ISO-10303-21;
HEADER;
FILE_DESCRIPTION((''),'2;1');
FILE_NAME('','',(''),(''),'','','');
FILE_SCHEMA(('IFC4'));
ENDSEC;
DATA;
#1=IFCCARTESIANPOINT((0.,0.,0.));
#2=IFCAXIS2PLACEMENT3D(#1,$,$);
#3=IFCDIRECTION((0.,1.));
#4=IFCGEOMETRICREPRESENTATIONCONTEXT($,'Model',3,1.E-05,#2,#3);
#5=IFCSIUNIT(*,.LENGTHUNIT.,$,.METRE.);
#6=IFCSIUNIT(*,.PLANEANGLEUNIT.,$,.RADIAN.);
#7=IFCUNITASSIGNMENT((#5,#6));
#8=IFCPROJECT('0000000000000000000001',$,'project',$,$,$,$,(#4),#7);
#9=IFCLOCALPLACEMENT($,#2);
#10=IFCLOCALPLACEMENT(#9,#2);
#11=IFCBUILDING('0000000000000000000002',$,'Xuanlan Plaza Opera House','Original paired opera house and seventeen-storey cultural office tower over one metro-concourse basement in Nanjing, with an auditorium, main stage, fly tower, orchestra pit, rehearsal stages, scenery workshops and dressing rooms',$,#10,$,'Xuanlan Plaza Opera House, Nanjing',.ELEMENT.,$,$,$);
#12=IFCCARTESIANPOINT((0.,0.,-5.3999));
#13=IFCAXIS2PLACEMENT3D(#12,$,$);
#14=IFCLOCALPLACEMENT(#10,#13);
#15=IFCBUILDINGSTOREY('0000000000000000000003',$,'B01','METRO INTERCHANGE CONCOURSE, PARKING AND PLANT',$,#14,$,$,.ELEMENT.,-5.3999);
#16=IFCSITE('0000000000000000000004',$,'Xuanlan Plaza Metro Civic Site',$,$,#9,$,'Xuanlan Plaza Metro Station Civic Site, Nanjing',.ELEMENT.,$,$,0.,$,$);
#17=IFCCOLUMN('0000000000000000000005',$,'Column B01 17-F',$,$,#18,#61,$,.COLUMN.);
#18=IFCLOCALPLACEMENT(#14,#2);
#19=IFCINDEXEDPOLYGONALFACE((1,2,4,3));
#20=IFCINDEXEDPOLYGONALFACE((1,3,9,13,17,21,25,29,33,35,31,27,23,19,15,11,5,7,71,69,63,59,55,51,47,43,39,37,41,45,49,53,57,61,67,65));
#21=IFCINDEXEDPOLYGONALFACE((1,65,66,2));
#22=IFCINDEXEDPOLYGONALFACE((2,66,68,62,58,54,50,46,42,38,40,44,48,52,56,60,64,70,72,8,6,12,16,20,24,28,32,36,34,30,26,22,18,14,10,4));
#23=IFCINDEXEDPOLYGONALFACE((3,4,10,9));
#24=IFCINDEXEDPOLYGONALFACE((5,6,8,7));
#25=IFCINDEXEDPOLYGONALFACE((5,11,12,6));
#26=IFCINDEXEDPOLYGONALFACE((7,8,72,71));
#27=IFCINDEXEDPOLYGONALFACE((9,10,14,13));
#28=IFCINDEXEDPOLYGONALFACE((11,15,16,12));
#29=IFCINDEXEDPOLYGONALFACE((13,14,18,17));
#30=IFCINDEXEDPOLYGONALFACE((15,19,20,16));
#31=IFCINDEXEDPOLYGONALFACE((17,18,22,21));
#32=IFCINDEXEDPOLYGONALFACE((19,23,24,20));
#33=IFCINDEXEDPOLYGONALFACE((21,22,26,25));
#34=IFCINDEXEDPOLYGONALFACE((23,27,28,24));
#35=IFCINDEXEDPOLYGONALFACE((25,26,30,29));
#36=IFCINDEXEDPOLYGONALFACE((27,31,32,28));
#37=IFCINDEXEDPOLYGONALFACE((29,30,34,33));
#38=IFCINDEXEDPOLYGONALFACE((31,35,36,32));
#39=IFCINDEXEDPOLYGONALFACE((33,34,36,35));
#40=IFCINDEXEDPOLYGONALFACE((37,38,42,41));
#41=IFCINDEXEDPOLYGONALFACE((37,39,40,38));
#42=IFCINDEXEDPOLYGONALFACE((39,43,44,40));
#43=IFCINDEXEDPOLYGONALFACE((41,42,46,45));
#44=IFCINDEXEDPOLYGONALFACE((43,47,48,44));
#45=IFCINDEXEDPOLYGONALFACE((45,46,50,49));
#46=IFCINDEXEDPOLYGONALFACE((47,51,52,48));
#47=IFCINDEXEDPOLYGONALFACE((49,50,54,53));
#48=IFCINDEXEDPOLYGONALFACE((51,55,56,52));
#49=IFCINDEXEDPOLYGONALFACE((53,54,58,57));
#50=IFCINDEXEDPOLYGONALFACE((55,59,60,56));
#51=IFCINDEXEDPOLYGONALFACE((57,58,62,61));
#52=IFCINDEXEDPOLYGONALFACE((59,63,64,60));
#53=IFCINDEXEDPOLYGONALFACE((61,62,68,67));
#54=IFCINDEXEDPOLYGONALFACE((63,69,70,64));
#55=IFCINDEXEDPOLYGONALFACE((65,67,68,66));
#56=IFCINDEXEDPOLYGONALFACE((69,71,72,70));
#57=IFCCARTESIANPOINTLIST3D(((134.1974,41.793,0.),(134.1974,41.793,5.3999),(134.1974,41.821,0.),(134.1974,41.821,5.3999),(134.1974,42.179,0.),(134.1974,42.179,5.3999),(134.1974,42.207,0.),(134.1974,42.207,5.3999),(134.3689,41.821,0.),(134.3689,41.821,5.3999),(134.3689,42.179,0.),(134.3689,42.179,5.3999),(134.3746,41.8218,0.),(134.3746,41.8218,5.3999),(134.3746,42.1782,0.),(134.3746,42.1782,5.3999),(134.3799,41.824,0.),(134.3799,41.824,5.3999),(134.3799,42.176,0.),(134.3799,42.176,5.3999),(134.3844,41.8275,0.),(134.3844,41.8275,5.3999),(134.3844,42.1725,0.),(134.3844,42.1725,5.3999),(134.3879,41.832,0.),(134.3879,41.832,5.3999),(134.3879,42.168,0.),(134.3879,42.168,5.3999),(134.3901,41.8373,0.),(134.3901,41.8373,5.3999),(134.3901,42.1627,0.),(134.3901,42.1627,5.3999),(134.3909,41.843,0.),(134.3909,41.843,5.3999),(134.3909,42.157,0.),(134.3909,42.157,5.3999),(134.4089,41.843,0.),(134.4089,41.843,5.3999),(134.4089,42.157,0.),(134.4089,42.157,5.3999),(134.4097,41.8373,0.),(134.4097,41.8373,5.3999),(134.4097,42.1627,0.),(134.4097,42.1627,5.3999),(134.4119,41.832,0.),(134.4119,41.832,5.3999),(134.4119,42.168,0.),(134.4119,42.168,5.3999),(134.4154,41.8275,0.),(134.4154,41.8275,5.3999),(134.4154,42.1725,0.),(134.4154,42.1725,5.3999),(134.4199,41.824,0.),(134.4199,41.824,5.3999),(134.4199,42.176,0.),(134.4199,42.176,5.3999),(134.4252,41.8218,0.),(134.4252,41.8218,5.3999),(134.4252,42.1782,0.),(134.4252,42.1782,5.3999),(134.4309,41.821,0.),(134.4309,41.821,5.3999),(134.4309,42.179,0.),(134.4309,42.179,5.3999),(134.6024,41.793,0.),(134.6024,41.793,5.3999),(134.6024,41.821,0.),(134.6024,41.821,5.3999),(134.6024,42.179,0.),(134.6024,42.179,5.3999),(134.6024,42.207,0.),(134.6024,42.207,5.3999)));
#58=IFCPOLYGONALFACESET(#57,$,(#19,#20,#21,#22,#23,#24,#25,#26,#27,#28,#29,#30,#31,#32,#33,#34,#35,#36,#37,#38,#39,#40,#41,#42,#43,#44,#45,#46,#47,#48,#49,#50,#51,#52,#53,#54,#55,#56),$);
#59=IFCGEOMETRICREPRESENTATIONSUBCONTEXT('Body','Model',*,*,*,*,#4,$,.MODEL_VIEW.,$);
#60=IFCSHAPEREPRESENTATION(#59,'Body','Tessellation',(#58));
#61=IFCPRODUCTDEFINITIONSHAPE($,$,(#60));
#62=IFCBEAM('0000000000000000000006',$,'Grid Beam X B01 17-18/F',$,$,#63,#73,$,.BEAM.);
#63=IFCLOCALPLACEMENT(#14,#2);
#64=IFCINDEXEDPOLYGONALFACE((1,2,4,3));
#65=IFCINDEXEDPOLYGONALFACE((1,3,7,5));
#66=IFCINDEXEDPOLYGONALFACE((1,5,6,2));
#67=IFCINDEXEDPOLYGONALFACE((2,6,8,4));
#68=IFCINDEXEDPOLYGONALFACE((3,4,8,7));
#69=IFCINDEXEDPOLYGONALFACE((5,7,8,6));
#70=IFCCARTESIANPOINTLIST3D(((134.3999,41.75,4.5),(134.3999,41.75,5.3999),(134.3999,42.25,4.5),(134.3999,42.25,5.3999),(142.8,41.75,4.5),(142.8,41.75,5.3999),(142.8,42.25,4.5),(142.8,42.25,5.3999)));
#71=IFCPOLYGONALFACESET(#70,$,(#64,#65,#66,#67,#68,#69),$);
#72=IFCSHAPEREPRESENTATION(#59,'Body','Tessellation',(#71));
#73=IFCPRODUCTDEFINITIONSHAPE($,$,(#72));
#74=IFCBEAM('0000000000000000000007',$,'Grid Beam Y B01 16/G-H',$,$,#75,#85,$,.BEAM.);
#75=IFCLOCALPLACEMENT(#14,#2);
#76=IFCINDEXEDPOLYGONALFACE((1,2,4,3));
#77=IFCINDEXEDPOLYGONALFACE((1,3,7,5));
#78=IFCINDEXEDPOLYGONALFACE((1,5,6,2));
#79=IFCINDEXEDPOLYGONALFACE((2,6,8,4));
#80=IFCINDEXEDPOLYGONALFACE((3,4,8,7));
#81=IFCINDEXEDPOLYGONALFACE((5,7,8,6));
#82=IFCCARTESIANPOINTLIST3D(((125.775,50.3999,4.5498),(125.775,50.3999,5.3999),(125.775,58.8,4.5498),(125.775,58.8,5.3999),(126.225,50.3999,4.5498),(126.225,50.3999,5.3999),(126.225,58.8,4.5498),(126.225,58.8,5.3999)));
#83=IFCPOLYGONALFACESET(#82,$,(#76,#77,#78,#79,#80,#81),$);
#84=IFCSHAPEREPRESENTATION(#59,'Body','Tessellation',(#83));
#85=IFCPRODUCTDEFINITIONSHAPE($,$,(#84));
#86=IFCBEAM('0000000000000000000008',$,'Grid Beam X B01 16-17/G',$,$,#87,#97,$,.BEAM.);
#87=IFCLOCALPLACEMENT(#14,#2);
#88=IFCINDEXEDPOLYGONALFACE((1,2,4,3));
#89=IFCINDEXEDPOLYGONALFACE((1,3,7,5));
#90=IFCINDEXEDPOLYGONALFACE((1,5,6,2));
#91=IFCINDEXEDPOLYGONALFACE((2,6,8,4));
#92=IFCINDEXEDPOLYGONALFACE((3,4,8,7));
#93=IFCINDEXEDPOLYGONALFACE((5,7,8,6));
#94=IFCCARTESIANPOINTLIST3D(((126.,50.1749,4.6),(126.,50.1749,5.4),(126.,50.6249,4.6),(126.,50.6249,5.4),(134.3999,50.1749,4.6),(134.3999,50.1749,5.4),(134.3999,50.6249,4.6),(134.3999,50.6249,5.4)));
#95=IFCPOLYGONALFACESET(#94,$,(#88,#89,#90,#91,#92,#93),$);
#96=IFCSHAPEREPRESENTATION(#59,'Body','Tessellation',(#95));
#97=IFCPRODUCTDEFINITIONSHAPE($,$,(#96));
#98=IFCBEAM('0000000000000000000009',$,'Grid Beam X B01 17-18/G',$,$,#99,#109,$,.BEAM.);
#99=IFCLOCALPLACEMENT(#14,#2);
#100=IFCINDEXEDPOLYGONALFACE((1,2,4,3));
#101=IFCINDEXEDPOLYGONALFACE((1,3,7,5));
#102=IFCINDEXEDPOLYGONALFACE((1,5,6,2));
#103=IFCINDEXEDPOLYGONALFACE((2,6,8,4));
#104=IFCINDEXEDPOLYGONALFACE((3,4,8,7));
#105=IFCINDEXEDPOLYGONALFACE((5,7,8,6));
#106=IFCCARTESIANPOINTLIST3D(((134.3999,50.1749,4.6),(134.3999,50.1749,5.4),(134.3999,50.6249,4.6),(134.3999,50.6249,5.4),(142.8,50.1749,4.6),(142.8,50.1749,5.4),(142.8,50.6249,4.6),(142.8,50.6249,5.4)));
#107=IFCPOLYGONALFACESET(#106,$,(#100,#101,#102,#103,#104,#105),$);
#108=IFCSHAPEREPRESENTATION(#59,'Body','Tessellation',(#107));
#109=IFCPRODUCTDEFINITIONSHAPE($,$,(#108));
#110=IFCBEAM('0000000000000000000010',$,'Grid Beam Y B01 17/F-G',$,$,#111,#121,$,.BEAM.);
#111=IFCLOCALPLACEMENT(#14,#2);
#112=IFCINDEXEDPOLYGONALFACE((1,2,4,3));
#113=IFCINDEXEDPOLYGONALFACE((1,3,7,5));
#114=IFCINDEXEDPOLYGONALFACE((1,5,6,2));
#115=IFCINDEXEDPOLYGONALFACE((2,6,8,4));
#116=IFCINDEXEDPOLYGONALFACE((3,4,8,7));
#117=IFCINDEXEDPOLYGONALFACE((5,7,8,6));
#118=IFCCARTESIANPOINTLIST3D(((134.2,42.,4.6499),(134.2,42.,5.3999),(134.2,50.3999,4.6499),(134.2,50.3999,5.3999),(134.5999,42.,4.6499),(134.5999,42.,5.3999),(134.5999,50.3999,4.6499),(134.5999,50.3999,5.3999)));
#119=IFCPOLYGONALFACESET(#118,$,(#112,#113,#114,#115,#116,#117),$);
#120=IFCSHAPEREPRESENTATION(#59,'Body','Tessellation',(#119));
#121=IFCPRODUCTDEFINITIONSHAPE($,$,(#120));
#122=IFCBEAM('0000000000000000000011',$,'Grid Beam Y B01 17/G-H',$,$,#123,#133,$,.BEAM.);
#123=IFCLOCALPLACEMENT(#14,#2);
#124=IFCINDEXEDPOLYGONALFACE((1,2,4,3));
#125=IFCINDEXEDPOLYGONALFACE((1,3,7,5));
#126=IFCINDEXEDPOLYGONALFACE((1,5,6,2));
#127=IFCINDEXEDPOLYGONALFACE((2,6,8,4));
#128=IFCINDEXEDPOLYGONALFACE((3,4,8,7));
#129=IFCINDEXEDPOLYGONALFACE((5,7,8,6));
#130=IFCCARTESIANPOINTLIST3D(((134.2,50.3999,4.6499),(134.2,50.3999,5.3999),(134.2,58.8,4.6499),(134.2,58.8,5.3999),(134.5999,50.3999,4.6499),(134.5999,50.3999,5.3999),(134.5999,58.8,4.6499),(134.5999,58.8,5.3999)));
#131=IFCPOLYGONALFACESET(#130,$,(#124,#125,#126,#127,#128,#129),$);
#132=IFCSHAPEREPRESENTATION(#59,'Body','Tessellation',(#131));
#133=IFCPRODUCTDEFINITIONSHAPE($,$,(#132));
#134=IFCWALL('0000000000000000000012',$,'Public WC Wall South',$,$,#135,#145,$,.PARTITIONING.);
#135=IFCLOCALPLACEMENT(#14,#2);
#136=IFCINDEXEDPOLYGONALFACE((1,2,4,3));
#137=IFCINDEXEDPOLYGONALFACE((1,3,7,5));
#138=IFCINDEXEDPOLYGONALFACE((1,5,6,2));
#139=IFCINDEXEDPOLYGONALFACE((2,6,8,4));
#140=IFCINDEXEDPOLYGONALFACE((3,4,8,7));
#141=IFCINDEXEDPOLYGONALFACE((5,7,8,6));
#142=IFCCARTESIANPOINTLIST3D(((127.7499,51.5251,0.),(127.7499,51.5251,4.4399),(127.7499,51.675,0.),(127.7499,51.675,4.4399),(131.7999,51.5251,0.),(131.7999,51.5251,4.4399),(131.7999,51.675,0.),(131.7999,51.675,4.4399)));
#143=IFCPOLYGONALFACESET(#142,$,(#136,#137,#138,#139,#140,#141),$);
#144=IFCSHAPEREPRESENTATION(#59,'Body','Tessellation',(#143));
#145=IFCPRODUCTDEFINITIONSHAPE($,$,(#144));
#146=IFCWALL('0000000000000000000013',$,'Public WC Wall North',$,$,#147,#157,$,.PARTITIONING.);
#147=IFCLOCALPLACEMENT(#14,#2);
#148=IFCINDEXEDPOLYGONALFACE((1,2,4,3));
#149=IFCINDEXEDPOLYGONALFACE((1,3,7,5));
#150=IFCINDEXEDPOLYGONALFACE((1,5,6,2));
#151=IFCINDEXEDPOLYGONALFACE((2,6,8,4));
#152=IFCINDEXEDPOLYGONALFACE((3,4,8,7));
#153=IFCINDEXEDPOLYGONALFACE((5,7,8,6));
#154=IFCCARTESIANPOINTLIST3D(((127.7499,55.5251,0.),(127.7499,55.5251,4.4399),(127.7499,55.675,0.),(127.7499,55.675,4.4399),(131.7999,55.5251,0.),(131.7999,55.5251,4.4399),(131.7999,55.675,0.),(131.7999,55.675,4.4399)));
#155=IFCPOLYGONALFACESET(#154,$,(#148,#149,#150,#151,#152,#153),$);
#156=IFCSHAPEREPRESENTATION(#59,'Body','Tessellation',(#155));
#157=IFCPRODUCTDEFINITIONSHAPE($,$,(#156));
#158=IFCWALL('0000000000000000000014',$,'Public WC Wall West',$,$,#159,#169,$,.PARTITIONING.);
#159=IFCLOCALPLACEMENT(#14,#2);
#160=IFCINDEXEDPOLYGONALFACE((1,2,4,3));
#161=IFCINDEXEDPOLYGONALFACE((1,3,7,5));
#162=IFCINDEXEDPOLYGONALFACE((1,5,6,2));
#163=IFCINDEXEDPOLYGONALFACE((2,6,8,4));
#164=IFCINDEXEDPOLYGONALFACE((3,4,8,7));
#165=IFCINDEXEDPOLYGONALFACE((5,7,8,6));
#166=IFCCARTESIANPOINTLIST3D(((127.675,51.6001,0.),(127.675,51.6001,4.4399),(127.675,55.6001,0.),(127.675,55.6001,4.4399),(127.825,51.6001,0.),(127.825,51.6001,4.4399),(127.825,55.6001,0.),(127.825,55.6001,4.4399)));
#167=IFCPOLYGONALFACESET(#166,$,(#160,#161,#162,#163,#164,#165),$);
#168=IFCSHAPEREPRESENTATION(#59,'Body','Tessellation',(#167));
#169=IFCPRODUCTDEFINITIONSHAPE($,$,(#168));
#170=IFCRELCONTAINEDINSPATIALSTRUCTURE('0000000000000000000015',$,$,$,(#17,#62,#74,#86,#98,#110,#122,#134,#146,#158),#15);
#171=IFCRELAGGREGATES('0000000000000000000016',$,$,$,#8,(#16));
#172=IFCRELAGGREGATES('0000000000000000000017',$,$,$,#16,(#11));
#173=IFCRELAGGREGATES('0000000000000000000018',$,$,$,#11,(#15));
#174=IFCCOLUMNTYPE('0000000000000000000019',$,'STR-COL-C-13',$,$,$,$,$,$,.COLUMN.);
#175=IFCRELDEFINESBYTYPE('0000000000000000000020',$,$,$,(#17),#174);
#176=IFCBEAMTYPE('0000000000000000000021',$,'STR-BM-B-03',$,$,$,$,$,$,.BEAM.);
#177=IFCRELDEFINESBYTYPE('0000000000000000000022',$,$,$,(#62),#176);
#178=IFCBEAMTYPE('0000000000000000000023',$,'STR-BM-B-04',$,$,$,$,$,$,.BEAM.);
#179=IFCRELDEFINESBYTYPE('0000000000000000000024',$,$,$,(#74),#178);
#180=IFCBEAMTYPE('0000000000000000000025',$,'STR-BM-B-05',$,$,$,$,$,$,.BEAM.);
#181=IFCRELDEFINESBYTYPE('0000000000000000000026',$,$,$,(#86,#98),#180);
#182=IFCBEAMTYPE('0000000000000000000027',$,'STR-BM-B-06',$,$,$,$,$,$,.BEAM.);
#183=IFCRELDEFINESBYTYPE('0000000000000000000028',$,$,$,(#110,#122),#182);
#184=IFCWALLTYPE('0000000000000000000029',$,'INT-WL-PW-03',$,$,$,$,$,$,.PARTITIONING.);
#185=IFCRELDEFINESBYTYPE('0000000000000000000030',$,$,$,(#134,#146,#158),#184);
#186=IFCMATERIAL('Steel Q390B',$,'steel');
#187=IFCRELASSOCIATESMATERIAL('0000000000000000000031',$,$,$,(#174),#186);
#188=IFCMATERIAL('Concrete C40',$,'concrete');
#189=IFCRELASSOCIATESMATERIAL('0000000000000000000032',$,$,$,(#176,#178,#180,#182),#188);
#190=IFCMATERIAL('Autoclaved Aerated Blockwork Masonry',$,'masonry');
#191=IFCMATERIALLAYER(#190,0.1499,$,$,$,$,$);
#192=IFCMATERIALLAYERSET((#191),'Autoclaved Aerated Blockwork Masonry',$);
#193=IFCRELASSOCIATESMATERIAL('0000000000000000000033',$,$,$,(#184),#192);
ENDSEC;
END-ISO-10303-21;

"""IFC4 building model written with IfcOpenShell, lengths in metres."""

from ifc_helpers import new_model, si_unit, direction, frame, frame_2d, origin, origin_2d, place, context, subcontext, project, spatial, rectangle, i_section, extrude, material, layer, layer_set, material_profile, profile_set, type_object, element, save


model = new_model("IFC4")

# Units and contexts
model_context = context("Model", 3, precision=1e-05, world=origin(), true_north=direction((0.0, 1.0)))
body_context = subcontext(model_context, "Body", "Model", "MODEL_VIEW")
ifc_project = project(units=[si_unit("LENGTHUNIT", "METRE"), si_unit("PLANEANGLEUNIT", "RADIAN")], contexts=[model_context])

# Site, building, storey
site_placement = place(None, origin())
site = spatial("IfcSite", under=ifc_project, at=site_placement, Name="Xuanlan Plaza Metro Civic Site", LongName="Xuanlan Plaza Metro Station Civic Site, Nanjing", CompositionType="ELEMENT", RefElevation=0.0)
building_placement = place(site_placement, origin())
building = spatial("IfcBuilding", under=site, at=building_placement, Name="Xuanlan Plaza Opera House", Description="Original paired opera house and seventeen-storey cultural office tower over one metro-concourse basement in Nanjing, with an auditorium, main stage, fly tower, orchestra pit, rehearsal stages, scenery workshops and dressing rooms", LongName="Xuanlan Plaza Opera House, Nanjing", CompositionType="ELEMENT")
storey_placement = place(building_placement, frame((0.0, 0.0, -5.3999)))
storey = spatial("IfcBuildingStorey", under=building, at=storey_placement, Name="B01", Description="METRO INTERCHANGE CONCOURSE, PARKING AND PLANT", CompositionType="ELEMENT", Elevation=-5.3999)

# Shared definitions
ifc_material_1 = material(Name="Concrete C40", Category="concrete")

# Column
ifc_material_2 = material(Name="Steel Q390B", Category="steel")
ifc_material_profile_1 = material_profile(ifc_material_2, i_section(OverallWidth=0.405, OverallDepth=0.4141, WebThickness=0.0181, FlangeThickness=0.0281, FilletRadius=0.022, at=origin_2d()), Name="HW 414x405x18x28")
ifc_profile_set_1 = profile_set([ifc_material_profile_1], Name="Steel Q390B")
column_type_1 = type_object("IfcColumnType", Name="STR-COL-C-13", PredefinedType="COLUMN", material=ifc_profile_set_1)
for number, where, z_axis, x_axis, name in (
    (1, (134.3999, 42.0, 0.0), (0.0, 0.0, 1.0), (1.0, 0.0, 0.0), "Column B01 17-F"),
):
    element("IfcColumn", number, at=place(storey_placement, frame(where, z_axis=z_axis, x_axis=x_axis)), inside=storey, type_object=column_type_1, Name=name, PredefinedType="COLUMN", context=body_context, shape_type="SweptSolid", body=[
        extrude(i_section(OverallWidth=0.405, OverallDepth=0.4141, WebThickness=0.0181, FlangeThickness=0.0281, FilletRadius=0.022, at=origin_2d()), origin(), (0.0, 0.0, 1.0), 5.3999),
    ])

# Beams
ifc_material_profile_2 = material_profile(ifc_material_1, rectangle(XDim=0.5, YDim=0.8999, at=origin_2d()), Name="RC-BM 500x900")
ifc_profile_set_2 = profile_set([ifc_material_profile_2], Name="Concrete C40")
beam_type_1 = type_object("IfcBeamType", Name="STR-BM-B-03", PredefinedType="BEAM", material=ifc_profile_set_2)
beam_1_placement = place(storey_placement, frame((134.3999, 42.0, 4.95), z_axis=(1.0, 0.0, 0.0), x_axis=(0.0, 1.0, 0.0)))
element("IfcBeam", 2, at=beam_1_placement, inside=storey, type_object=beam_type_1, Name="Grid Beam X B01 17-18/F", PredefinedType="BEAM", context=body_context, shape_type="SweptSolid", body=[
    extrude(rectangle(XDim=0.5, YDim=0.8999, at=origin_2d()), origin(), (0.0, 0.0, 1.0), 8.4001),
])
ifc_material_profile_3 = material_profile(ifc_material_1, rectangle(XDim=0.45, YDim=0.8501, at=origin_2d()), Name="RC-BM 450x850")
ifc_profile_set_3 = profile_set([ifc_material_profile_3], Name="Concrete C40")
beam_type_2 = type_object("IfcBeamType", Name="STR-BM-B-04", PredefinedType="BEAM", material=ifc_profile_set_3)
beam_2_placement = place(storey_placement, frame((126.0, 50.3999, 4.9749), z_axis=(0.0, 1.0, 0.0), x_axis=(-1.0, 0.0, 0.0)))
element("IfcBeam", 3, at=beam_2_placement, inside=storey, type_object=beam_type_2, Name="Grid Beam Y B01 16/G-H", PredefinedType="BEAM", context=body_context, shape_type="SweptSolid", body=[
    extrude(rectangle(XDim=0.45, YDim=0.8501, at=origin_2d()), origin(), (0.0, 0.0, 1.0), 8.4001),
])
ifc_material_profile_4 = material_profile(ifc_material_1, rectangle(XDim=0.45, YDim=0.8, at=origin_2d()), Name="RC-BM 450x800")
ifc_profile_set_4 = profile_set([ifc_material_profile_4], Name="Concrete C40")
beam_type_3 = type_object("IfcBeamType", Name="STR-BM-B-05", PredefinedType="BEAM", material=ifc_profile_set_4)
beam_3_placement = place(storey_placement, frame((126.0, 50.3999, 5.0), z_axis=(1.0, 0.0, 0.0), x_axis=(0.0, 1.0, 0.0)))
element("IfcBeam", 4, at=beam_3_placement, inside=storey, type_object=beam_type_3, Name="Grid Beam X B01 16-17/G", PredefinedType="BEAM", context=body_context, shape_type="SweptSolid", body=[
    extrude(rectangle(XDim=0.45, YDim=0.8, at=origin_2d()), origin(), (0.0, 0.0, 1.0), 8.3999),
])
beam_4_placement = place(storey_placement, frame((134.3999, 50.3999, 5.0), z_axis=(1.0, 0.0, 0.0), x_axis=(0.0, 1.0, 0.0)))
element("IfcBeam", 5, at=beam_4_placement, inside=storey, type_object=beam_type_3, Name="Grid Beam X B01 17-18/G", PredefinedType="BEAM", context=body_context, shape_type="SweptSolid", body=[
    extrude(rectangle(XDim=0.45, YDim=0.8, at=origin_2d()), origin(), (0.0, 0.0, 1.0), 8.4001),
])
ifc_material_profile_5 = material_profile(ifc_material_1, rectangle(XDim=0.3999, YDim=0.75, at=origin_2d()), Name="RC-BM 400x750")
ifc_profile_set_5 = profile_set([ifc_material_profile_5], Name="Concrete C40")
beam_type_4 = type_object("IfcBeamType", Name="STR-BM-B-06", PredefinedType="BEAM", material=ifc_profile_set_5)
beam_5_placement = place(storey_placement, frame((134.3999, 42.0, 5.0249), z_axis=(0.0, 1.0, 0.0), x_axis=(-1.0, 0.0, 0.0)))
element("IfcBeam", 6, at=beam_5_placement, inside=storey, type_object=beam_type_4, Name="Grid Beam Y B01 17/F-G", PredefinedType="BEAM", context=body_context, shape_type="SweptSolid", body=[
    extrude(rectangle(XDim=0.3999, YDim=0.75, at=origin_2d()), origin(), (0.0, 0.0, 1.0), 8.3999),
])
beam_6_placement = place(storey_placement, frame((134.3999, 50.3999, 5.0249), z_axis=(0.0, 1.0, 0.0), x_axis=(-1.0, 0.0, 0.0)))
element("IfcBeam", 7, at=beam_6_placement, inside=storey, type_object=beam_type_4, Name="Grid Beam Y B01 17/G-H", PredefinedType="BEAM", context=body_context, shape_type="SweptSolid", body=[
    extrude(rectangle(XDim=0.3999, YDim=0.75, at=origin_2d()), origin(), (0.0, 0.0, 1.0), 8.4001),
])

# Walls
ifc_material_3 = material(Name="Autoclaved Aerated Blockwork Masonry", Category="masonry")
ifc_layer_1 = layer(ifc_material_3, 0.1499)
ifc_layer_set_1 = layer_set([ifc_layer_1], Name="Autoclaved Aerated Blockwork Masonry")
wall_type_1 = type_object("IfcWallType", Name="INT-WL-PW-03", PredefinedType="PARTITIONING", material=ifc_layer_set_1)
for number, where, z_axis, x_axis, name in (
    (8, (127.75, 51.6001, 0.0), (0.0, 0.0, 1.0), (1.0, 0.0, 0.0), "Public WC Wall South"),
    (9, (127.75, 55.6001, 0.0), (0.0, 0.0, 1.0), (1.0, 0.0, 0.0), "Public WC Wall North"),
):
    element("IfcWall", number, at=place(storey_placement, frame(where, z_axis=z_axis, x_axis=x_axis)), inside=storey, type_object=wall_type_1, Name=name, PredefinedType="PARTITIONING", context=body_context, shape_type="SweptSolid", body=[
        extrude(rectangle(XDim=4.05, YDim=0.1499, at=frame_2d((2.0249, 0.0))), origin(), (0.0, 0.0, 1.0), 4.4399),
    ])
wall_1_placement = place(storey_placement, frame((127.75, 51.6001, 0.0), z_axis=(0.0, 0.0, 1.0), x_axis=(0.0, 1.0, 0.0)))
element("IfcWall", 10, at=wall_1_placement, inside=storey, type_object=wall_type_1, Name="Public WC Wall West", PredefinedType="PARTITIONING", context=body_context, shape_type="SweptSolid", body=[
    extrude(rectangle(XDim=4.0, YDim=0.1499, at=frame_2d((2.0, 0.0))), origin(), (0.0, 0.0, 1.0), 4.4399),
])

save(model, "model.ifc")
